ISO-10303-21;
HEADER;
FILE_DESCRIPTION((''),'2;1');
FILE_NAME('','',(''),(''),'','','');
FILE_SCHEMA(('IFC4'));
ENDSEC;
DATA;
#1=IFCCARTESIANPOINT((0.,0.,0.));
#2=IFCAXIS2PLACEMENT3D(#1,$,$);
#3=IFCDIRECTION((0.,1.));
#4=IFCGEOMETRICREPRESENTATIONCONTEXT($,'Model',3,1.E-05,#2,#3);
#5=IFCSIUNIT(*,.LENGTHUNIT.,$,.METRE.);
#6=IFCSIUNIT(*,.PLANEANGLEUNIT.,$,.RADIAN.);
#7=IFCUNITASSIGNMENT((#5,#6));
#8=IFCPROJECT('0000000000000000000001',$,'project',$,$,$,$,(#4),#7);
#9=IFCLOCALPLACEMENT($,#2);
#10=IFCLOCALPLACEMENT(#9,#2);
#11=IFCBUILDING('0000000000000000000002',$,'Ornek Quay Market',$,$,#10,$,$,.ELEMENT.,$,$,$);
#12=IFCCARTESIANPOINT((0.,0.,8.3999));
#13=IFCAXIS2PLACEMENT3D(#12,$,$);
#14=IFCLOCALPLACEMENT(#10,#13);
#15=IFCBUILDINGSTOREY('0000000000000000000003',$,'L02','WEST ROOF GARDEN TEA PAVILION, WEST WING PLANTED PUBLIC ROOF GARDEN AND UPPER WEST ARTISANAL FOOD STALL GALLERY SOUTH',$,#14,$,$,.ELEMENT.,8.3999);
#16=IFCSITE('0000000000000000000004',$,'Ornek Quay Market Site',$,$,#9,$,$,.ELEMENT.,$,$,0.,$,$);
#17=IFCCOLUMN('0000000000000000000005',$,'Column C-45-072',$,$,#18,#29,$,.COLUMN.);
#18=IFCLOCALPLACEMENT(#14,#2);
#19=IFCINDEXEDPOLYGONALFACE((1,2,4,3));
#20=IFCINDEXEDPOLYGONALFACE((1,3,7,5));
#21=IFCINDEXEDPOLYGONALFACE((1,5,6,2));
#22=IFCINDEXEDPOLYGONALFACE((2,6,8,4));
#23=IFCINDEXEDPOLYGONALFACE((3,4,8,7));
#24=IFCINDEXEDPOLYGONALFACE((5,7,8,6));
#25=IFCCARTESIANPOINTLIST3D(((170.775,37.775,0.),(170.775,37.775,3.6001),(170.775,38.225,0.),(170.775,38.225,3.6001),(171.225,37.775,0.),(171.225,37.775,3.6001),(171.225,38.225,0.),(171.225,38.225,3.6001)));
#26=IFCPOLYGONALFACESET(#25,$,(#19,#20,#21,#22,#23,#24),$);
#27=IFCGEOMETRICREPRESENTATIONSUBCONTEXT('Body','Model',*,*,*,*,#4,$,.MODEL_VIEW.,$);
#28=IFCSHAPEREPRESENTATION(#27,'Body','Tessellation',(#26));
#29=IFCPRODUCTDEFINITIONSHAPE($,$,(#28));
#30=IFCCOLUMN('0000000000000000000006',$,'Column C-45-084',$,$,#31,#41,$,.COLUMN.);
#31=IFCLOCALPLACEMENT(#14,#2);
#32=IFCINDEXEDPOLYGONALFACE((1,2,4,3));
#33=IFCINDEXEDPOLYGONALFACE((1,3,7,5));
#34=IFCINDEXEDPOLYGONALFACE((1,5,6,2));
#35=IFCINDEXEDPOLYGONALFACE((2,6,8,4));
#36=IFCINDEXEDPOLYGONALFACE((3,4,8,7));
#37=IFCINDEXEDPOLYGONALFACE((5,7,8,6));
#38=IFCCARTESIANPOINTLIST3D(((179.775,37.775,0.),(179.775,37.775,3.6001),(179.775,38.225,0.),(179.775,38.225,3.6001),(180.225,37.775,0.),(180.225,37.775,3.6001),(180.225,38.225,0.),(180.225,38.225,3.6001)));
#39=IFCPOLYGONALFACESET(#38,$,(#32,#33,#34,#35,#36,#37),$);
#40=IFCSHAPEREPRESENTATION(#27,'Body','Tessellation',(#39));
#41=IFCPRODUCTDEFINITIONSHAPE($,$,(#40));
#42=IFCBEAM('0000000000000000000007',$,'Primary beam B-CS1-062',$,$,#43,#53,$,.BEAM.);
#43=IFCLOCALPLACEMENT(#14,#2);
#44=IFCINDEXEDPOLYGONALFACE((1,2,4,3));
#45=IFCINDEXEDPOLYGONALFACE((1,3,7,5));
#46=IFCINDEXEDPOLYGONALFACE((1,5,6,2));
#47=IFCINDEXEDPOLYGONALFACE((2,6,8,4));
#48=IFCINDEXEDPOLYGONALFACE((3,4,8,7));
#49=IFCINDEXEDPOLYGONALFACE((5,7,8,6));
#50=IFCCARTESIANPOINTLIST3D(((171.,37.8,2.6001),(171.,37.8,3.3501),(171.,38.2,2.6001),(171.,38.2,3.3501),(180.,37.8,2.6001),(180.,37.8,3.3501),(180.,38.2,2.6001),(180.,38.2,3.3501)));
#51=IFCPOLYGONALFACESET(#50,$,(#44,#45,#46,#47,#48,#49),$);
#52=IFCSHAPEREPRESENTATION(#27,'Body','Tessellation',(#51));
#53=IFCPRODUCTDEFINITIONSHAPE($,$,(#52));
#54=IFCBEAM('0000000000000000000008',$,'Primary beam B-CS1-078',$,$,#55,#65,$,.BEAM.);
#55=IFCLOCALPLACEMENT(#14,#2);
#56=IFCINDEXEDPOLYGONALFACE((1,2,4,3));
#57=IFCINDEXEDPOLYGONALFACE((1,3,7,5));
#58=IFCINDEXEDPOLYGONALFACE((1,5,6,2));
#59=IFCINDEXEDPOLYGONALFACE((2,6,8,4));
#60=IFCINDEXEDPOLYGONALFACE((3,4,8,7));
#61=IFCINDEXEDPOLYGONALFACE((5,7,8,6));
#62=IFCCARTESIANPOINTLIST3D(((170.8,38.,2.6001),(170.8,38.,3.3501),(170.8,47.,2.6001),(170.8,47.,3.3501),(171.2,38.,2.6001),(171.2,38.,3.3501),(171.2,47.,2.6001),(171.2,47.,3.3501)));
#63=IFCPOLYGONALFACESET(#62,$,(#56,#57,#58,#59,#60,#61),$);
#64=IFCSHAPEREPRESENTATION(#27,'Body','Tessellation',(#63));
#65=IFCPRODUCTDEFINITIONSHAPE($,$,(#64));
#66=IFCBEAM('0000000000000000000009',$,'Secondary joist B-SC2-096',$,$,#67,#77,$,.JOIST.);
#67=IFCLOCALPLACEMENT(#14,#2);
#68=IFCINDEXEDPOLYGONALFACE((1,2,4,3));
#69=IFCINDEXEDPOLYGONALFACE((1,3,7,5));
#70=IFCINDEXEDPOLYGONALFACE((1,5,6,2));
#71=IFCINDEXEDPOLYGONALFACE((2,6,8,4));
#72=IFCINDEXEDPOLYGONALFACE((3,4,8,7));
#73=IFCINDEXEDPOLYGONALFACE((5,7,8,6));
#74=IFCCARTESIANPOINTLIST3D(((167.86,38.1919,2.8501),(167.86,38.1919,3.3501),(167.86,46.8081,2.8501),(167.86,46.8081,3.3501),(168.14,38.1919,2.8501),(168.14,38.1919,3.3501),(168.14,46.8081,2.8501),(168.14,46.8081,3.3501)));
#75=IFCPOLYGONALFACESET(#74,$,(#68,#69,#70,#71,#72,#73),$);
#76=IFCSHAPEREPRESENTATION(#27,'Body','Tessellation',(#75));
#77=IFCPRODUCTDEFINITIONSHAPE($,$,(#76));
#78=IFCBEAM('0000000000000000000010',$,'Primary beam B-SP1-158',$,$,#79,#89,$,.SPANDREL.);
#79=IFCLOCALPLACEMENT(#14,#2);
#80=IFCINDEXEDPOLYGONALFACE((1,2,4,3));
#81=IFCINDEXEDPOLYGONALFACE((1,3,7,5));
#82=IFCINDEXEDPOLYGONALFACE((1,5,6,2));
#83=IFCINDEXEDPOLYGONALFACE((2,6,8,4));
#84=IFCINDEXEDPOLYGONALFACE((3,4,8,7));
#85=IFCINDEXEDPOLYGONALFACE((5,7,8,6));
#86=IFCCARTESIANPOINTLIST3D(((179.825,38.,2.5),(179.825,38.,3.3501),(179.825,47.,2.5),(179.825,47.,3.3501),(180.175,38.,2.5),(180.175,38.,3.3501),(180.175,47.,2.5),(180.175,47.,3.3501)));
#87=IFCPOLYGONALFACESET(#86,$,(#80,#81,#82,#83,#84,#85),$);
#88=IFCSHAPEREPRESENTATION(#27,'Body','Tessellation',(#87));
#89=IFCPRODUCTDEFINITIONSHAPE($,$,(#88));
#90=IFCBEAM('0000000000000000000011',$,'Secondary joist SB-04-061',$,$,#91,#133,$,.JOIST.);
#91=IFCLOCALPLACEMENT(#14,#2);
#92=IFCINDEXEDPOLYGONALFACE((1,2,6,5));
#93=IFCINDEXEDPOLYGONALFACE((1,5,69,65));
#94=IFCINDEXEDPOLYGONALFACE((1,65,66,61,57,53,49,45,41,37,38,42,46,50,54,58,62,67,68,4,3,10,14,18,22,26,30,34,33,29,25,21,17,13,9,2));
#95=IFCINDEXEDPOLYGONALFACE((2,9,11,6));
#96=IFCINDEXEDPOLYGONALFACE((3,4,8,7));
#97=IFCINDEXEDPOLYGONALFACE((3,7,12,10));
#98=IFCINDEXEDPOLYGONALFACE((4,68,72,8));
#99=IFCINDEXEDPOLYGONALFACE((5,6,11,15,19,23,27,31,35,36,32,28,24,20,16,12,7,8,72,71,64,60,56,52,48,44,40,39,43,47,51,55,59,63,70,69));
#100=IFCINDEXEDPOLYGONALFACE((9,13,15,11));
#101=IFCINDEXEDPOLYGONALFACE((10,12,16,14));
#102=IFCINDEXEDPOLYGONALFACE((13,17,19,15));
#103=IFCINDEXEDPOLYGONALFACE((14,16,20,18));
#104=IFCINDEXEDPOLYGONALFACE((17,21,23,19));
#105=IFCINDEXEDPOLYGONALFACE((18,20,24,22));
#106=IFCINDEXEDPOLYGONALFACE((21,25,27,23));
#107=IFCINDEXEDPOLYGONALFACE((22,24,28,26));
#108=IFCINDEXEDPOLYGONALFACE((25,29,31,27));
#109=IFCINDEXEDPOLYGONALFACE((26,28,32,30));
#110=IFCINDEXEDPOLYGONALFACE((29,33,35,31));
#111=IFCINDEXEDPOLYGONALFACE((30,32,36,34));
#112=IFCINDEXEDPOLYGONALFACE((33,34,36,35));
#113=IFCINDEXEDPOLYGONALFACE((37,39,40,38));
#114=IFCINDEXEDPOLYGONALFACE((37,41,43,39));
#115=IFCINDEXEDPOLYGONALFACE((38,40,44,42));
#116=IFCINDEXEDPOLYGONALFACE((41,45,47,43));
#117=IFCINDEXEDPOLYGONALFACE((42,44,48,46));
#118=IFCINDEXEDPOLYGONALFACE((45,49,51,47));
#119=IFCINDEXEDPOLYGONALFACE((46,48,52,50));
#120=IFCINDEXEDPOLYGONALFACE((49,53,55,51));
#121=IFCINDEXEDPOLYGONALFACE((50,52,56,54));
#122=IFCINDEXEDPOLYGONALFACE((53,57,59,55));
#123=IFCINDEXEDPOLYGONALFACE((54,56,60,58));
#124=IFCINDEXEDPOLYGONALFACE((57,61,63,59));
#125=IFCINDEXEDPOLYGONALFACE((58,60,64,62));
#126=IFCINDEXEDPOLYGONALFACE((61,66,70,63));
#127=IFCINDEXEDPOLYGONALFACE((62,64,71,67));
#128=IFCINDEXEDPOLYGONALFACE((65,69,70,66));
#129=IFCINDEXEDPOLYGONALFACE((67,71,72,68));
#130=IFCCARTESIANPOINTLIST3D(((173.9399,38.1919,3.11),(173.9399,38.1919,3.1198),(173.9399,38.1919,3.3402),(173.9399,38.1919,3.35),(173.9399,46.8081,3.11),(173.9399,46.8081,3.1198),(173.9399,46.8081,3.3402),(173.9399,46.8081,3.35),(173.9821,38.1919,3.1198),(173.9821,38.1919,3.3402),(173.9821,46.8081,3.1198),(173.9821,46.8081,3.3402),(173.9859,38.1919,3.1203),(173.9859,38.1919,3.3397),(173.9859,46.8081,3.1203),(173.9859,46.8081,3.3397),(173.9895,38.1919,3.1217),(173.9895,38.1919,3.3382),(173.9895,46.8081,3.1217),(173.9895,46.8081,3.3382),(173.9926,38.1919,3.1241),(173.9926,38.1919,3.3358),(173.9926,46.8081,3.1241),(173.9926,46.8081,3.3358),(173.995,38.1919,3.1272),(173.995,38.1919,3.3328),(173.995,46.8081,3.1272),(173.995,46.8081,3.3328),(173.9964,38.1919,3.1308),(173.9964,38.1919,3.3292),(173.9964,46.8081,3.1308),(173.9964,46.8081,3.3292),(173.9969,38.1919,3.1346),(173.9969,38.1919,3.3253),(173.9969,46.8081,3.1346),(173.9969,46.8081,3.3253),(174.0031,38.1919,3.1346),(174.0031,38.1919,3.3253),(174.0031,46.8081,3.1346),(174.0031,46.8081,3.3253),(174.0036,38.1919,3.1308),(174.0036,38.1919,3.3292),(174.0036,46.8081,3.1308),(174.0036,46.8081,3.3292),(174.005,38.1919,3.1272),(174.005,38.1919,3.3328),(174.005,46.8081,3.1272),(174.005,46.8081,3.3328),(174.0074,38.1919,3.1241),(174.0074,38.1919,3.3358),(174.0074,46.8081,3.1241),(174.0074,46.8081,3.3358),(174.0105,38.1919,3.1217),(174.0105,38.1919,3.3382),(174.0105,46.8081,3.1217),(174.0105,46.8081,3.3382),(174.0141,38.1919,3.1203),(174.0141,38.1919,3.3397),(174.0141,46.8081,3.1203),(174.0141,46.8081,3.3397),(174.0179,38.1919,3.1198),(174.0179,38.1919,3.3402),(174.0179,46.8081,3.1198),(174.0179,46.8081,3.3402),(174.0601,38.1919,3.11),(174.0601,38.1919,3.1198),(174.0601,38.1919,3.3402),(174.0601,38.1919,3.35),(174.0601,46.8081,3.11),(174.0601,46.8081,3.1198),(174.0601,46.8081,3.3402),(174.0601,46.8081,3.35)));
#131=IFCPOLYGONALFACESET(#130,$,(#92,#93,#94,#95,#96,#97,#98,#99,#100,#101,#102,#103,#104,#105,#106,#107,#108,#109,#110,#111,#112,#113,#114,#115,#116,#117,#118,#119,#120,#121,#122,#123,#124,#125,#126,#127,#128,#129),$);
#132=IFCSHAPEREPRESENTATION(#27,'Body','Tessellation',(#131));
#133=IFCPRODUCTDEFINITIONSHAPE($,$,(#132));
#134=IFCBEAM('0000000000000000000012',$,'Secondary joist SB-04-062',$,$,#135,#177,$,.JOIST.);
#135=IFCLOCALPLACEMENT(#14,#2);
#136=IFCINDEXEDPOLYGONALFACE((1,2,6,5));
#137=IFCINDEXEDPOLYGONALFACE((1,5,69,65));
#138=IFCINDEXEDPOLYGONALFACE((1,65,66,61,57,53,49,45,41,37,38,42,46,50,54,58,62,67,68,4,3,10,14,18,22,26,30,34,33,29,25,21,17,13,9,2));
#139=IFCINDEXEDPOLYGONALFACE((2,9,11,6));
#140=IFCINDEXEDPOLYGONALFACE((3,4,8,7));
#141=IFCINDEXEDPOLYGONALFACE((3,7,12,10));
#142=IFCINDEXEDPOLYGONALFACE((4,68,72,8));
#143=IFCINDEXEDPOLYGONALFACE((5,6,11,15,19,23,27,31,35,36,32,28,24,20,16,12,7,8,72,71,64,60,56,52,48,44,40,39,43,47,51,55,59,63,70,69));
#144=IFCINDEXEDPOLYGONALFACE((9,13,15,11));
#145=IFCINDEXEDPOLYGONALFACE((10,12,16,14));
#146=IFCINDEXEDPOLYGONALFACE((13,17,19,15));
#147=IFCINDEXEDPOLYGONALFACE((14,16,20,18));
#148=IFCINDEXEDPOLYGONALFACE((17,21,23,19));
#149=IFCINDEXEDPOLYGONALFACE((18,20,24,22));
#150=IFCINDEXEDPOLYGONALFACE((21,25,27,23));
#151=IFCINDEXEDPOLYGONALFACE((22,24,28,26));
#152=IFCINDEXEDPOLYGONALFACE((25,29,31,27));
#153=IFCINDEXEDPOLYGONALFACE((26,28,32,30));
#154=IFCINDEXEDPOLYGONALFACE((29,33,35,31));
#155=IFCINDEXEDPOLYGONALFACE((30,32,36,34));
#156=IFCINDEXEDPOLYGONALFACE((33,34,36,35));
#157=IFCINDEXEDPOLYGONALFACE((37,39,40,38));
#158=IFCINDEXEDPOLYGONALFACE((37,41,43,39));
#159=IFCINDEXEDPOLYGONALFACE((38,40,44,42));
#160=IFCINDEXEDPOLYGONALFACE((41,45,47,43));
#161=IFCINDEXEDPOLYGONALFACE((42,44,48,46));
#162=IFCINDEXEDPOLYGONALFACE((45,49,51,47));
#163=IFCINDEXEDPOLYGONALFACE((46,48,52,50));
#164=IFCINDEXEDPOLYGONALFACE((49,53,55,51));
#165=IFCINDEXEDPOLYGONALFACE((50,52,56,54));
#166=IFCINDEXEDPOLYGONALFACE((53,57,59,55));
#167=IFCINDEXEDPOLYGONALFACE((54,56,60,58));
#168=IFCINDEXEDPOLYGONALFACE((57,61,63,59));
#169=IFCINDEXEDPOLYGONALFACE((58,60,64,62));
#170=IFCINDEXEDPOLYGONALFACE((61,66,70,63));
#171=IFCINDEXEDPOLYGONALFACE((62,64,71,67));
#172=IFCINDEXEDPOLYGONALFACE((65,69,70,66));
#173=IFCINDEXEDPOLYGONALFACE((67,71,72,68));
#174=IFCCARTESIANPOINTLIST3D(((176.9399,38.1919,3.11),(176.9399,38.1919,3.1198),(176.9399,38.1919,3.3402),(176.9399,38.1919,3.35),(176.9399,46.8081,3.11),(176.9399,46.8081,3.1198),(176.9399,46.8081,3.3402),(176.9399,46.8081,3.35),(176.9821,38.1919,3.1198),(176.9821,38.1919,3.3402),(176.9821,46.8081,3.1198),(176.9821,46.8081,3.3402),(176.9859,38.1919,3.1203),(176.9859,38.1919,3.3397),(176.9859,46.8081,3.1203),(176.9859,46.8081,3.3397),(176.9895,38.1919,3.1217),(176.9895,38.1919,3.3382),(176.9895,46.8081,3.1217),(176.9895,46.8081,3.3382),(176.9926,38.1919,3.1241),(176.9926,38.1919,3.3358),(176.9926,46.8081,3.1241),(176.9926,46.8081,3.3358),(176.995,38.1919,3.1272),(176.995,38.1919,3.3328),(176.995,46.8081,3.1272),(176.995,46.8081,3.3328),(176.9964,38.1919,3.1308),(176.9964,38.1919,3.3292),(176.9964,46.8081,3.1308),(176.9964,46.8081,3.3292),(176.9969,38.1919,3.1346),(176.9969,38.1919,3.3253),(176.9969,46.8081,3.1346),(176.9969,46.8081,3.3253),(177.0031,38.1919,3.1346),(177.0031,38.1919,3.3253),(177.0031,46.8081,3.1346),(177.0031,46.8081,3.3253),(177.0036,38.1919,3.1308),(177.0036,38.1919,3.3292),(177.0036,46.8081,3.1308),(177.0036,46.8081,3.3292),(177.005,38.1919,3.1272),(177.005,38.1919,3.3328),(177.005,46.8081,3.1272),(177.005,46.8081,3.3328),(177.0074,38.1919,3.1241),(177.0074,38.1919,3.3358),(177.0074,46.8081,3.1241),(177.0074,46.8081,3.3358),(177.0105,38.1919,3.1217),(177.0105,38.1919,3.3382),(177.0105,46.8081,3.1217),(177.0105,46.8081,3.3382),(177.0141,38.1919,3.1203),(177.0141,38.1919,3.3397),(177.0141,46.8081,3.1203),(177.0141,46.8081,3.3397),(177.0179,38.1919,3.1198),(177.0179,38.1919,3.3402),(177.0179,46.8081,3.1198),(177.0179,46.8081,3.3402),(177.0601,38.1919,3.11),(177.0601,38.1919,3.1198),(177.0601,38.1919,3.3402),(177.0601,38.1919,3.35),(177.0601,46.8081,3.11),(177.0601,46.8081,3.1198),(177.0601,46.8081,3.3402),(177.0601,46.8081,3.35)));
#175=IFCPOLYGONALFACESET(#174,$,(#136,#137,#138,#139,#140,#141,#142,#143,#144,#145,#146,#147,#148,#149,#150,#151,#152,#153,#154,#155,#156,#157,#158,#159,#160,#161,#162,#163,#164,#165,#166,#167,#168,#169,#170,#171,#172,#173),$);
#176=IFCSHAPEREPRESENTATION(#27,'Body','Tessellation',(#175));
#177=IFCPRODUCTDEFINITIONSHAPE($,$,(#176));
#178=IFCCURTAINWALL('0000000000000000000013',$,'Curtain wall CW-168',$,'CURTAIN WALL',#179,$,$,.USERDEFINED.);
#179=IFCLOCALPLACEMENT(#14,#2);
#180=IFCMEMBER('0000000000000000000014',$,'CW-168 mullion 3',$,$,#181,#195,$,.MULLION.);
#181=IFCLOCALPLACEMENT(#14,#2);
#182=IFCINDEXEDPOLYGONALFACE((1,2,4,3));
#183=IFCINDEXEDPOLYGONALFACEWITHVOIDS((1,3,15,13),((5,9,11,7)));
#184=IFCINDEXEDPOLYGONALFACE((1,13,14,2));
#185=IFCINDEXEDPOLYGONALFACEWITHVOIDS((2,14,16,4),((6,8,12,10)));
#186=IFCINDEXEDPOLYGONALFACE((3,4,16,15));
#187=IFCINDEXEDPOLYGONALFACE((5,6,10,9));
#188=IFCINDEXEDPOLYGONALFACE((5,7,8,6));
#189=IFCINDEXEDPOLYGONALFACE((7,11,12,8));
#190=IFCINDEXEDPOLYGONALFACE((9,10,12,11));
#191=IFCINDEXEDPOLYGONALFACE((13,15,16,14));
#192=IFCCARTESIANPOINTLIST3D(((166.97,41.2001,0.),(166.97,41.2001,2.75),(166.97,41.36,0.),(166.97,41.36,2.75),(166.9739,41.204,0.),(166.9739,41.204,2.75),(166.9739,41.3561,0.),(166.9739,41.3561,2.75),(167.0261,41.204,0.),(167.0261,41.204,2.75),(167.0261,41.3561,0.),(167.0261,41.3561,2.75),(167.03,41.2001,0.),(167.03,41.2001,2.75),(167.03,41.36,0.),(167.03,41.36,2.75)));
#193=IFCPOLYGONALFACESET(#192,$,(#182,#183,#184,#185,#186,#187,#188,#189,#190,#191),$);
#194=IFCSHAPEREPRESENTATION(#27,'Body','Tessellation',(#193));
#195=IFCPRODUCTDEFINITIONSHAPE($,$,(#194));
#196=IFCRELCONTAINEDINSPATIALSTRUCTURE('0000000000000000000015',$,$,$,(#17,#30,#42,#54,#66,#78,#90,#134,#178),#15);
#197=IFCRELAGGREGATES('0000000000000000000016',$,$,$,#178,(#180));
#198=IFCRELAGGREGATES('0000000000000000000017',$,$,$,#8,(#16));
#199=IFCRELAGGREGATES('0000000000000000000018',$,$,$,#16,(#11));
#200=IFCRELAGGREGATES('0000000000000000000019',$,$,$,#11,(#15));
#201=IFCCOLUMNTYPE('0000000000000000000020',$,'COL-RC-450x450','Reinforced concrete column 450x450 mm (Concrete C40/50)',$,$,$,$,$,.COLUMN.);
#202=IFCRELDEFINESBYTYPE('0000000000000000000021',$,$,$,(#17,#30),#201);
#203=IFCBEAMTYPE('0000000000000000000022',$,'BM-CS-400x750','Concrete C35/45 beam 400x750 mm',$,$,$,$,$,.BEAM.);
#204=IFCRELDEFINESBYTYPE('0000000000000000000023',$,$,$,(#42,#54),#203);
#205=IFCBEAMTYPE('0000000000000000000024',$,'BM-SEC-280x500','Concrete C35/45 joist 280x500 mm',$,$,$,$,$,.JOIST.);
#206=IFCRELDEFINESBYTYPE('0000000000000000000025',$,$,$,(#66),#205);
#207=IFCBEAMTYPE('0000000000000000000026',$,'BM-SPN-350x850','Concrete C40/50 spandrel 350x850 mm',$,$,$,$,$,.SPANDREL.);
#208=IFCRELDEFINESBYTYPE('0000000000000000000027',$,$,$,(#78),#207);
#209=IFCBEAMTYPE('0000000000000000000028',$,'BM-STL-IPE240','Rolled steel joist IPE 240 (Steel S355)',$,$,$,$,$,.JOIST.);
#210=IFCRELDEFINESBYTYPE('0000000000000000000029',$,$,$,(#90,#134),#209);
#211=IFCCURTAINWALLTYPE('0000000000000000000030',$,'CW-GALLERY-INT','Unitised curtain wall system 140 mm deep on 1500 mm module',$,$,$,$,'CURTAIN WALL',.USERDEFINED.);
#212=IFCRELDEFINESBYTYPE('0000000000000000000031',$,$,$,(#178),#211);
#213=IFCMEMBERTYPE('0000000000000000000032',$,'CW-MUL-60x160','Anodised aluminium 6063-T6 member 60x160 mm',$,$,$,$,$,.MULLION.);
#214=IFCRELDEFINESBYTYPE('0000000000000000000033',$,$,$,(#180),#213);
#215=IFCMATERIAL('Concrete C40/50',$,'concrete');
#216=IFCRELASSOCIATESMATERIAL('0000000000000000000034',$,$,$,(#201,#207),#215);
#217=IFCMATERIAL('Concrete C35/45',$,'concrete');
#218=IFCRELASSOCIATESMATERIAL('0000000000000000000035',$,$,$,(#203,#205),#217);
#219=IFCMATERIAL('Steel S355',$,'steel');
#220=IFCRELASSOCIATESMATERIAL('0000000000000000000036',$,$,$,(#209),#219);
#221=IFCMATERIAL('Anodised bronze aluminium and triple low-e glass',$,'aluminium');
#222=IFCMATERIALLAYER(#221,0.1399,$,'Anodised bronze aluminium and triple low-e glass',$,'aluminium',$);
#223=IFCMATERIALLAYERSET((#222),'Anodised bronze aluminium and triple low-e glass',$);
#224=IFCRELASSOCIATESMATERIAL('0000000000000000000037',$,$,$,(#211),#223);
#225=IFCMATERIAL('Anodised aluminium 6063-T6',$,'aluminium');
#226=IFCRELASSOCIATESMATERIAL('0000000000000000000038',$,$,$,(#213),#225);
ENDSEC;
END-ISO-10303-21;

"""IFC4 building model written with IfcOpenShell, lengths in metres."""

from ifc_helpers import new_model, si_unit, direction, frame, origin, origin_2d, place, context, subcontext, project, spatial, rectangle, hollow_rectangle, i_section, extrude, material, layer, layer_set, material_profile, profile_set, type_object, element, aggregate, save


model = new_model("IFC4")

# Units and contexts
model_context = context("Model", 3, precision=1e-05, world=origin(), true_north=direction((0.0, 1.0)))
body_context = subcontext(model_context, "Body", "Model", "MODEL_VIEW")
ifc_project = project(units=[si_unit("LENGTHUNIT", "METRE"), si_unit("PLANEANGLEUNIT", "RADIAN")], contexts=[model_context])

# Site, building, storey
site_placement = place(None, origin())
site = spatial("IfcSite", under=ifc_project, at=site_placement, Name="Ornek Quay Market Site", CompositionType="ELEMENT", RefElevation=0.0)
building_placement = place(site_placement, origin())
building = spatial("IfcBuilding", under=site, at=building_placement, Name="Ornek Quay Market", CompositionType="ELEMENT")
storey_placement = place(building_placement, frame((0.0, 0.0, 8.3999)))
storey = spatial("IfcBuildingStorey", under=building, at=storey_placement, Name="L02", Description="WEST ROOF GARDEN TEA PAVILION, WEST WING PLANTED PUBLIC ROOF GARDEN AND UPPER WEST ARTISANAL FOOD STALL GALLERY SOUTH", CompositionType="ELEMENT", Elevation=8.3999)

# Columns
ifc_material_1 = material(Name="Concrete C40/50", Category="concrete")
ifc_material_profile_1 = material_profile(ifc_material_1, rectangle(XDim=0.45, YDim=0.45, at=origin_2d()), Name="RC 450x450", Category="concrete")
ifc_profile_set_1 = profile_set([ifc_material_profile_1], Name="Concrete C40/50")
column_type = type_object("IfcColumnType", Name="COL-RC-450x450", Description="Reinforced concrete column 450x450 mm (Concrete C40/50)", PredefinedType="COLUMN", material=ifc_profile_set_1)
for number, where, z_axis, x_axis, name in (
    (1, (171.0, 38.0, 0.0), (0.0, 0.0, 1.0), (1.0, 0.0, 0.0), "Column C-45-072"),
    (2, (180.0, 38.0, 0.0), (0.0, 0.0, 1.0), (1.0, 0.0, 0.0), "Column C-45-084"),
):
    element("IfcColumn", number, at=place(storey_placement, frame(where, z_axis=z_axis, x_axis=x_axis)), inside=storey, type_object=column_type, Name=name, PredefinedType="COLUMN", context=body_context, shape_type="SweptSolid", body=[
        extrude(rectangle(XDim=0.45, YDim=0.45, at=origin_2d()), origin(), (0.0, 0.0, 1.0), 3.6001),
    ])

# Beams
ifc_material_2 = material(Name="Concrete C35/45", Category="concrete")
ifc_material_profile_2 = material_profile(ifc_material_2, rectangle(XDim=0.3999, YDim=0.75, at=origin_2d()), Name="RC 400x750", Category="concrete")
ifc_profile_set_2 = profile_set([ifc_material_profile_2], Name="Concrete C35/45")
beam_type_1 = type_object("IfcBeamType", Name="BM-CS-400x750", Description="Concrete C35/45 beam 400x750 mm", PredefinedType="BEAM", material=ifc_profile_set_2)
for number, where, z_axis, x_axis, name in (
    (3, (171.0, 38.0, 2.9751), (1.0, 0.0, 0.0), (0.0, 1.0, 0.0), "Primary beam B-CS1-062"),
    (4, (171.0, 38.0, 2.9751), (0.0, 1.0, 0.0), (-1.0, 0.0, 0.0), "Primary beam B-CS1-078"),
):
    element("IfcBeam", number, at=place(storey_placement, frame(where, z_axis=z_axis, x_axis=x_axis)), inside=storey, type_object=beam_type_1, Name=name, PredefinedType="BEAM", context=body_context, shape_type="SweptSolid", body=[
        extrude(rectangle(XDim=0.3999, YDim=0.75, at=origin_2d()), origin(), (0.0, 0.0, 1.0), 9.0),
    ])
ifc_material_profile_3 = material_profile(ifc_material_2, rectangle(XDim=0.28, YDim=0.5, at=origin_2d()), Name="RC 280x500", Category="concrete")
ifc_profile_set_3 = profile_set([ifc_material_profile_3], Name="Concrete C35/45")
beam_type_2 = type_object("IfcBeamType", Name="BM-SEC-280x500", Description="Concrete C35/45 joist 280x500 mm", PredefinedType="JOIST", material=ifc_profile_set_3)
beam_1_placement = place(storey_placement, frame((168.0, 38.1919, 3.1001), z_axis=(0.0, 1.0, 0.0), x_axis=(-1.0, 0.0, 0.0)))
element("IfcBeam", 5, at=beam_1_placement, inside=storey, type_object=beam_type_2, Name="Secondary joist B-SC2-096", PredefinedType="JOIST", context=body_context, shape_type="SweptSolid", body=[
    extrude(rectangle(XDim=0.28, YDim=0.5, at=origin_2d()), origin(), (0.0, 0.0, 1.0), 8.6162),
])
ifc_material_profile_4 = material_profile(ifc_material_1, rectangle(XDim=0.3501, YDim=0.8501, at=origin_2d()), Name="RC 350x850", Category="concrete")
ifc_profile_set_4 = profile_set([ifc_material_profile_4], Name="Concrete C40/50")
beam_type_3 = type_object("IfcBeamType", Name="BM-SPN-350x850", Description="Concrete C40/50 spandrel 350x850 mm", PredefinedType="SPANDREL", material=ifc_profile_set_4)
beam_2_placement = place(storey_placement, frame((180.0, 38.0, 2.925), z_axis=(0.0, 1.0, 0.0), x_axis=(-1.0, 0.0, 0.0)))
element("IfcBeam", 6, at=beam_2_placement, inside=storey, type_object=beam_type_3, Name="Primary beam B-SP1-158", PredefinedType="SPANDREL", context=body_context, shape_type="SweptSolid", body=[
    extrude(rectangle(XDim=0.3501, YDim=0.8501, at=origin_2d()), origin(), (0.0, 0.0, 1.0), 9.0),
])
ifc_material_3 = material(Name="Steel S355", Category="steel")
ifc_material_profile_5 = material_profile(ifc_material_3, i_section(OverallWidth=0.1201, OverallDepth=0.24, WebThickness=0.0061, FlangeThickness=0.0098, FilletRadius=0.0149, at=origin_2d()), Name="IPE 240", Category="steel")
ifc_profile_set_5 = profile_set([ifc_material_profile_5], Name="Steel S355")
beam_type_4 = type_object("IfcBeamType", Name="BM-STL-IPE240", Description="Rolled steel joist IPE 240 (Steel S355)", PredefinedType="JOIST", material=ifc_profile_set_5)
for number, where, z_axis, x_axis, name in (
    (7, (174.0, 38.1919, 3.23), (0.0, 1.0, 0.0), (-1.0, 0.0, 0.0), "Secondary joist SB-04-061"),
    (8, (177.0, 38.1919, 3.23), (0.0, 1.0, 0.0), (-1.0, 0.0, 0.0), "Secondary joist SB-04-062"),
):
    element("IfcBeam", number, at=place(storey_placement, frame(where, z_axis=z_axis, x_axis=x_axis)), inside=storey, type_object=beam_type_4, Name=name, PredefinedType="JOIST", context=body_context, shape_type="SweptSolid", body=[
        extrude(i_section(OverallWidth=0.1201, OverallDepth=0.24, WebThickness=0.0061, FlangeThickness=0.0098, FilletRadius=0.0149, at=origin_2d()), origin(), (0.0, 0.0, 1.0), 8.6162),
    ])

# Curtain wall, member
ifc_material_4 = material(Name="Anodised bronze aluminium and triple low-e glass", Category="aluminium")
ifc_layer_1 = layer(ifc_material_4, 0.1399, Name="Anodised bronze aluminium and triple low-e glass", Category="aluminium")
ifc_layer_set_1 = layer_set([ifc_layer_1], Name="Anodised bronze aluminium and triple low-e glass")
curtain_wall_type = type_object("IfcCurtainWallType", Name="CW-GALLERY-INT", Description="Unitised curtain wall system 140 mm deep on 1500 mm module", ElementType="CURTAIN WALL", PredefinedType="USERDEFINED", material=ifc_layer_set_1)
curtain_wall_placement = place(storey_placement, origin())
curtain_wall = element("IfcCurtainWall", 9, at=curtain_wall_placement, inside=storey, type_object=curtain_wall_type, Name="Curtain wall CW-168", ObjectType="CURTAIN WALL", PredefinedType="USERDEFINED")
ifc_material_5 = material(Name="Anodised aluminium 6063-T6", Category="aluminium")
ifc_material_profile_6 = material_profile(ifc_material_5, hollow_rectangle(XDim=0.0601, YDim=0.1599, WallThickness=0.0039, at=origin_2d()), Name="CW-MUL-60x160", Category="aluminium")
ifc_profile_set_6 = profile_set([ifc_material_profile_6], Name="Anodised aluminium 6063-T6")
member_type_1 = type_object("IfcMemberType", Name="CW-MUL-60x160", Description="Anodised aluminium 6063-T6 member 60x160 mm", PredefinedType="MULLION", material=ifc_profile_set_6)
member_1_placement = place(storey_placement, frame((167.0, 41.28, 0.0), z_axis=(0.0, 0.0, 1.0), x_axis=(-1.0, 0.0, 0.0)))
member_1 = element("IfcMember", 10, at=member_1_placement, type_object=member_type_1, Name="CW-168 mullion 3", PredefinedType="MULLION", context=body_context, shape_type="SweptSolid", body=[
    extrude(hollow_rectangle(XDim=0.0601, YDim=0.1599, WallThickness=0.0039, at=origin_2d()), origin(), (0.0, 0.0, 1.0), 2.75),
])
aggregate(curtain_wall, [member_1])

save(model, "model.ifc")
